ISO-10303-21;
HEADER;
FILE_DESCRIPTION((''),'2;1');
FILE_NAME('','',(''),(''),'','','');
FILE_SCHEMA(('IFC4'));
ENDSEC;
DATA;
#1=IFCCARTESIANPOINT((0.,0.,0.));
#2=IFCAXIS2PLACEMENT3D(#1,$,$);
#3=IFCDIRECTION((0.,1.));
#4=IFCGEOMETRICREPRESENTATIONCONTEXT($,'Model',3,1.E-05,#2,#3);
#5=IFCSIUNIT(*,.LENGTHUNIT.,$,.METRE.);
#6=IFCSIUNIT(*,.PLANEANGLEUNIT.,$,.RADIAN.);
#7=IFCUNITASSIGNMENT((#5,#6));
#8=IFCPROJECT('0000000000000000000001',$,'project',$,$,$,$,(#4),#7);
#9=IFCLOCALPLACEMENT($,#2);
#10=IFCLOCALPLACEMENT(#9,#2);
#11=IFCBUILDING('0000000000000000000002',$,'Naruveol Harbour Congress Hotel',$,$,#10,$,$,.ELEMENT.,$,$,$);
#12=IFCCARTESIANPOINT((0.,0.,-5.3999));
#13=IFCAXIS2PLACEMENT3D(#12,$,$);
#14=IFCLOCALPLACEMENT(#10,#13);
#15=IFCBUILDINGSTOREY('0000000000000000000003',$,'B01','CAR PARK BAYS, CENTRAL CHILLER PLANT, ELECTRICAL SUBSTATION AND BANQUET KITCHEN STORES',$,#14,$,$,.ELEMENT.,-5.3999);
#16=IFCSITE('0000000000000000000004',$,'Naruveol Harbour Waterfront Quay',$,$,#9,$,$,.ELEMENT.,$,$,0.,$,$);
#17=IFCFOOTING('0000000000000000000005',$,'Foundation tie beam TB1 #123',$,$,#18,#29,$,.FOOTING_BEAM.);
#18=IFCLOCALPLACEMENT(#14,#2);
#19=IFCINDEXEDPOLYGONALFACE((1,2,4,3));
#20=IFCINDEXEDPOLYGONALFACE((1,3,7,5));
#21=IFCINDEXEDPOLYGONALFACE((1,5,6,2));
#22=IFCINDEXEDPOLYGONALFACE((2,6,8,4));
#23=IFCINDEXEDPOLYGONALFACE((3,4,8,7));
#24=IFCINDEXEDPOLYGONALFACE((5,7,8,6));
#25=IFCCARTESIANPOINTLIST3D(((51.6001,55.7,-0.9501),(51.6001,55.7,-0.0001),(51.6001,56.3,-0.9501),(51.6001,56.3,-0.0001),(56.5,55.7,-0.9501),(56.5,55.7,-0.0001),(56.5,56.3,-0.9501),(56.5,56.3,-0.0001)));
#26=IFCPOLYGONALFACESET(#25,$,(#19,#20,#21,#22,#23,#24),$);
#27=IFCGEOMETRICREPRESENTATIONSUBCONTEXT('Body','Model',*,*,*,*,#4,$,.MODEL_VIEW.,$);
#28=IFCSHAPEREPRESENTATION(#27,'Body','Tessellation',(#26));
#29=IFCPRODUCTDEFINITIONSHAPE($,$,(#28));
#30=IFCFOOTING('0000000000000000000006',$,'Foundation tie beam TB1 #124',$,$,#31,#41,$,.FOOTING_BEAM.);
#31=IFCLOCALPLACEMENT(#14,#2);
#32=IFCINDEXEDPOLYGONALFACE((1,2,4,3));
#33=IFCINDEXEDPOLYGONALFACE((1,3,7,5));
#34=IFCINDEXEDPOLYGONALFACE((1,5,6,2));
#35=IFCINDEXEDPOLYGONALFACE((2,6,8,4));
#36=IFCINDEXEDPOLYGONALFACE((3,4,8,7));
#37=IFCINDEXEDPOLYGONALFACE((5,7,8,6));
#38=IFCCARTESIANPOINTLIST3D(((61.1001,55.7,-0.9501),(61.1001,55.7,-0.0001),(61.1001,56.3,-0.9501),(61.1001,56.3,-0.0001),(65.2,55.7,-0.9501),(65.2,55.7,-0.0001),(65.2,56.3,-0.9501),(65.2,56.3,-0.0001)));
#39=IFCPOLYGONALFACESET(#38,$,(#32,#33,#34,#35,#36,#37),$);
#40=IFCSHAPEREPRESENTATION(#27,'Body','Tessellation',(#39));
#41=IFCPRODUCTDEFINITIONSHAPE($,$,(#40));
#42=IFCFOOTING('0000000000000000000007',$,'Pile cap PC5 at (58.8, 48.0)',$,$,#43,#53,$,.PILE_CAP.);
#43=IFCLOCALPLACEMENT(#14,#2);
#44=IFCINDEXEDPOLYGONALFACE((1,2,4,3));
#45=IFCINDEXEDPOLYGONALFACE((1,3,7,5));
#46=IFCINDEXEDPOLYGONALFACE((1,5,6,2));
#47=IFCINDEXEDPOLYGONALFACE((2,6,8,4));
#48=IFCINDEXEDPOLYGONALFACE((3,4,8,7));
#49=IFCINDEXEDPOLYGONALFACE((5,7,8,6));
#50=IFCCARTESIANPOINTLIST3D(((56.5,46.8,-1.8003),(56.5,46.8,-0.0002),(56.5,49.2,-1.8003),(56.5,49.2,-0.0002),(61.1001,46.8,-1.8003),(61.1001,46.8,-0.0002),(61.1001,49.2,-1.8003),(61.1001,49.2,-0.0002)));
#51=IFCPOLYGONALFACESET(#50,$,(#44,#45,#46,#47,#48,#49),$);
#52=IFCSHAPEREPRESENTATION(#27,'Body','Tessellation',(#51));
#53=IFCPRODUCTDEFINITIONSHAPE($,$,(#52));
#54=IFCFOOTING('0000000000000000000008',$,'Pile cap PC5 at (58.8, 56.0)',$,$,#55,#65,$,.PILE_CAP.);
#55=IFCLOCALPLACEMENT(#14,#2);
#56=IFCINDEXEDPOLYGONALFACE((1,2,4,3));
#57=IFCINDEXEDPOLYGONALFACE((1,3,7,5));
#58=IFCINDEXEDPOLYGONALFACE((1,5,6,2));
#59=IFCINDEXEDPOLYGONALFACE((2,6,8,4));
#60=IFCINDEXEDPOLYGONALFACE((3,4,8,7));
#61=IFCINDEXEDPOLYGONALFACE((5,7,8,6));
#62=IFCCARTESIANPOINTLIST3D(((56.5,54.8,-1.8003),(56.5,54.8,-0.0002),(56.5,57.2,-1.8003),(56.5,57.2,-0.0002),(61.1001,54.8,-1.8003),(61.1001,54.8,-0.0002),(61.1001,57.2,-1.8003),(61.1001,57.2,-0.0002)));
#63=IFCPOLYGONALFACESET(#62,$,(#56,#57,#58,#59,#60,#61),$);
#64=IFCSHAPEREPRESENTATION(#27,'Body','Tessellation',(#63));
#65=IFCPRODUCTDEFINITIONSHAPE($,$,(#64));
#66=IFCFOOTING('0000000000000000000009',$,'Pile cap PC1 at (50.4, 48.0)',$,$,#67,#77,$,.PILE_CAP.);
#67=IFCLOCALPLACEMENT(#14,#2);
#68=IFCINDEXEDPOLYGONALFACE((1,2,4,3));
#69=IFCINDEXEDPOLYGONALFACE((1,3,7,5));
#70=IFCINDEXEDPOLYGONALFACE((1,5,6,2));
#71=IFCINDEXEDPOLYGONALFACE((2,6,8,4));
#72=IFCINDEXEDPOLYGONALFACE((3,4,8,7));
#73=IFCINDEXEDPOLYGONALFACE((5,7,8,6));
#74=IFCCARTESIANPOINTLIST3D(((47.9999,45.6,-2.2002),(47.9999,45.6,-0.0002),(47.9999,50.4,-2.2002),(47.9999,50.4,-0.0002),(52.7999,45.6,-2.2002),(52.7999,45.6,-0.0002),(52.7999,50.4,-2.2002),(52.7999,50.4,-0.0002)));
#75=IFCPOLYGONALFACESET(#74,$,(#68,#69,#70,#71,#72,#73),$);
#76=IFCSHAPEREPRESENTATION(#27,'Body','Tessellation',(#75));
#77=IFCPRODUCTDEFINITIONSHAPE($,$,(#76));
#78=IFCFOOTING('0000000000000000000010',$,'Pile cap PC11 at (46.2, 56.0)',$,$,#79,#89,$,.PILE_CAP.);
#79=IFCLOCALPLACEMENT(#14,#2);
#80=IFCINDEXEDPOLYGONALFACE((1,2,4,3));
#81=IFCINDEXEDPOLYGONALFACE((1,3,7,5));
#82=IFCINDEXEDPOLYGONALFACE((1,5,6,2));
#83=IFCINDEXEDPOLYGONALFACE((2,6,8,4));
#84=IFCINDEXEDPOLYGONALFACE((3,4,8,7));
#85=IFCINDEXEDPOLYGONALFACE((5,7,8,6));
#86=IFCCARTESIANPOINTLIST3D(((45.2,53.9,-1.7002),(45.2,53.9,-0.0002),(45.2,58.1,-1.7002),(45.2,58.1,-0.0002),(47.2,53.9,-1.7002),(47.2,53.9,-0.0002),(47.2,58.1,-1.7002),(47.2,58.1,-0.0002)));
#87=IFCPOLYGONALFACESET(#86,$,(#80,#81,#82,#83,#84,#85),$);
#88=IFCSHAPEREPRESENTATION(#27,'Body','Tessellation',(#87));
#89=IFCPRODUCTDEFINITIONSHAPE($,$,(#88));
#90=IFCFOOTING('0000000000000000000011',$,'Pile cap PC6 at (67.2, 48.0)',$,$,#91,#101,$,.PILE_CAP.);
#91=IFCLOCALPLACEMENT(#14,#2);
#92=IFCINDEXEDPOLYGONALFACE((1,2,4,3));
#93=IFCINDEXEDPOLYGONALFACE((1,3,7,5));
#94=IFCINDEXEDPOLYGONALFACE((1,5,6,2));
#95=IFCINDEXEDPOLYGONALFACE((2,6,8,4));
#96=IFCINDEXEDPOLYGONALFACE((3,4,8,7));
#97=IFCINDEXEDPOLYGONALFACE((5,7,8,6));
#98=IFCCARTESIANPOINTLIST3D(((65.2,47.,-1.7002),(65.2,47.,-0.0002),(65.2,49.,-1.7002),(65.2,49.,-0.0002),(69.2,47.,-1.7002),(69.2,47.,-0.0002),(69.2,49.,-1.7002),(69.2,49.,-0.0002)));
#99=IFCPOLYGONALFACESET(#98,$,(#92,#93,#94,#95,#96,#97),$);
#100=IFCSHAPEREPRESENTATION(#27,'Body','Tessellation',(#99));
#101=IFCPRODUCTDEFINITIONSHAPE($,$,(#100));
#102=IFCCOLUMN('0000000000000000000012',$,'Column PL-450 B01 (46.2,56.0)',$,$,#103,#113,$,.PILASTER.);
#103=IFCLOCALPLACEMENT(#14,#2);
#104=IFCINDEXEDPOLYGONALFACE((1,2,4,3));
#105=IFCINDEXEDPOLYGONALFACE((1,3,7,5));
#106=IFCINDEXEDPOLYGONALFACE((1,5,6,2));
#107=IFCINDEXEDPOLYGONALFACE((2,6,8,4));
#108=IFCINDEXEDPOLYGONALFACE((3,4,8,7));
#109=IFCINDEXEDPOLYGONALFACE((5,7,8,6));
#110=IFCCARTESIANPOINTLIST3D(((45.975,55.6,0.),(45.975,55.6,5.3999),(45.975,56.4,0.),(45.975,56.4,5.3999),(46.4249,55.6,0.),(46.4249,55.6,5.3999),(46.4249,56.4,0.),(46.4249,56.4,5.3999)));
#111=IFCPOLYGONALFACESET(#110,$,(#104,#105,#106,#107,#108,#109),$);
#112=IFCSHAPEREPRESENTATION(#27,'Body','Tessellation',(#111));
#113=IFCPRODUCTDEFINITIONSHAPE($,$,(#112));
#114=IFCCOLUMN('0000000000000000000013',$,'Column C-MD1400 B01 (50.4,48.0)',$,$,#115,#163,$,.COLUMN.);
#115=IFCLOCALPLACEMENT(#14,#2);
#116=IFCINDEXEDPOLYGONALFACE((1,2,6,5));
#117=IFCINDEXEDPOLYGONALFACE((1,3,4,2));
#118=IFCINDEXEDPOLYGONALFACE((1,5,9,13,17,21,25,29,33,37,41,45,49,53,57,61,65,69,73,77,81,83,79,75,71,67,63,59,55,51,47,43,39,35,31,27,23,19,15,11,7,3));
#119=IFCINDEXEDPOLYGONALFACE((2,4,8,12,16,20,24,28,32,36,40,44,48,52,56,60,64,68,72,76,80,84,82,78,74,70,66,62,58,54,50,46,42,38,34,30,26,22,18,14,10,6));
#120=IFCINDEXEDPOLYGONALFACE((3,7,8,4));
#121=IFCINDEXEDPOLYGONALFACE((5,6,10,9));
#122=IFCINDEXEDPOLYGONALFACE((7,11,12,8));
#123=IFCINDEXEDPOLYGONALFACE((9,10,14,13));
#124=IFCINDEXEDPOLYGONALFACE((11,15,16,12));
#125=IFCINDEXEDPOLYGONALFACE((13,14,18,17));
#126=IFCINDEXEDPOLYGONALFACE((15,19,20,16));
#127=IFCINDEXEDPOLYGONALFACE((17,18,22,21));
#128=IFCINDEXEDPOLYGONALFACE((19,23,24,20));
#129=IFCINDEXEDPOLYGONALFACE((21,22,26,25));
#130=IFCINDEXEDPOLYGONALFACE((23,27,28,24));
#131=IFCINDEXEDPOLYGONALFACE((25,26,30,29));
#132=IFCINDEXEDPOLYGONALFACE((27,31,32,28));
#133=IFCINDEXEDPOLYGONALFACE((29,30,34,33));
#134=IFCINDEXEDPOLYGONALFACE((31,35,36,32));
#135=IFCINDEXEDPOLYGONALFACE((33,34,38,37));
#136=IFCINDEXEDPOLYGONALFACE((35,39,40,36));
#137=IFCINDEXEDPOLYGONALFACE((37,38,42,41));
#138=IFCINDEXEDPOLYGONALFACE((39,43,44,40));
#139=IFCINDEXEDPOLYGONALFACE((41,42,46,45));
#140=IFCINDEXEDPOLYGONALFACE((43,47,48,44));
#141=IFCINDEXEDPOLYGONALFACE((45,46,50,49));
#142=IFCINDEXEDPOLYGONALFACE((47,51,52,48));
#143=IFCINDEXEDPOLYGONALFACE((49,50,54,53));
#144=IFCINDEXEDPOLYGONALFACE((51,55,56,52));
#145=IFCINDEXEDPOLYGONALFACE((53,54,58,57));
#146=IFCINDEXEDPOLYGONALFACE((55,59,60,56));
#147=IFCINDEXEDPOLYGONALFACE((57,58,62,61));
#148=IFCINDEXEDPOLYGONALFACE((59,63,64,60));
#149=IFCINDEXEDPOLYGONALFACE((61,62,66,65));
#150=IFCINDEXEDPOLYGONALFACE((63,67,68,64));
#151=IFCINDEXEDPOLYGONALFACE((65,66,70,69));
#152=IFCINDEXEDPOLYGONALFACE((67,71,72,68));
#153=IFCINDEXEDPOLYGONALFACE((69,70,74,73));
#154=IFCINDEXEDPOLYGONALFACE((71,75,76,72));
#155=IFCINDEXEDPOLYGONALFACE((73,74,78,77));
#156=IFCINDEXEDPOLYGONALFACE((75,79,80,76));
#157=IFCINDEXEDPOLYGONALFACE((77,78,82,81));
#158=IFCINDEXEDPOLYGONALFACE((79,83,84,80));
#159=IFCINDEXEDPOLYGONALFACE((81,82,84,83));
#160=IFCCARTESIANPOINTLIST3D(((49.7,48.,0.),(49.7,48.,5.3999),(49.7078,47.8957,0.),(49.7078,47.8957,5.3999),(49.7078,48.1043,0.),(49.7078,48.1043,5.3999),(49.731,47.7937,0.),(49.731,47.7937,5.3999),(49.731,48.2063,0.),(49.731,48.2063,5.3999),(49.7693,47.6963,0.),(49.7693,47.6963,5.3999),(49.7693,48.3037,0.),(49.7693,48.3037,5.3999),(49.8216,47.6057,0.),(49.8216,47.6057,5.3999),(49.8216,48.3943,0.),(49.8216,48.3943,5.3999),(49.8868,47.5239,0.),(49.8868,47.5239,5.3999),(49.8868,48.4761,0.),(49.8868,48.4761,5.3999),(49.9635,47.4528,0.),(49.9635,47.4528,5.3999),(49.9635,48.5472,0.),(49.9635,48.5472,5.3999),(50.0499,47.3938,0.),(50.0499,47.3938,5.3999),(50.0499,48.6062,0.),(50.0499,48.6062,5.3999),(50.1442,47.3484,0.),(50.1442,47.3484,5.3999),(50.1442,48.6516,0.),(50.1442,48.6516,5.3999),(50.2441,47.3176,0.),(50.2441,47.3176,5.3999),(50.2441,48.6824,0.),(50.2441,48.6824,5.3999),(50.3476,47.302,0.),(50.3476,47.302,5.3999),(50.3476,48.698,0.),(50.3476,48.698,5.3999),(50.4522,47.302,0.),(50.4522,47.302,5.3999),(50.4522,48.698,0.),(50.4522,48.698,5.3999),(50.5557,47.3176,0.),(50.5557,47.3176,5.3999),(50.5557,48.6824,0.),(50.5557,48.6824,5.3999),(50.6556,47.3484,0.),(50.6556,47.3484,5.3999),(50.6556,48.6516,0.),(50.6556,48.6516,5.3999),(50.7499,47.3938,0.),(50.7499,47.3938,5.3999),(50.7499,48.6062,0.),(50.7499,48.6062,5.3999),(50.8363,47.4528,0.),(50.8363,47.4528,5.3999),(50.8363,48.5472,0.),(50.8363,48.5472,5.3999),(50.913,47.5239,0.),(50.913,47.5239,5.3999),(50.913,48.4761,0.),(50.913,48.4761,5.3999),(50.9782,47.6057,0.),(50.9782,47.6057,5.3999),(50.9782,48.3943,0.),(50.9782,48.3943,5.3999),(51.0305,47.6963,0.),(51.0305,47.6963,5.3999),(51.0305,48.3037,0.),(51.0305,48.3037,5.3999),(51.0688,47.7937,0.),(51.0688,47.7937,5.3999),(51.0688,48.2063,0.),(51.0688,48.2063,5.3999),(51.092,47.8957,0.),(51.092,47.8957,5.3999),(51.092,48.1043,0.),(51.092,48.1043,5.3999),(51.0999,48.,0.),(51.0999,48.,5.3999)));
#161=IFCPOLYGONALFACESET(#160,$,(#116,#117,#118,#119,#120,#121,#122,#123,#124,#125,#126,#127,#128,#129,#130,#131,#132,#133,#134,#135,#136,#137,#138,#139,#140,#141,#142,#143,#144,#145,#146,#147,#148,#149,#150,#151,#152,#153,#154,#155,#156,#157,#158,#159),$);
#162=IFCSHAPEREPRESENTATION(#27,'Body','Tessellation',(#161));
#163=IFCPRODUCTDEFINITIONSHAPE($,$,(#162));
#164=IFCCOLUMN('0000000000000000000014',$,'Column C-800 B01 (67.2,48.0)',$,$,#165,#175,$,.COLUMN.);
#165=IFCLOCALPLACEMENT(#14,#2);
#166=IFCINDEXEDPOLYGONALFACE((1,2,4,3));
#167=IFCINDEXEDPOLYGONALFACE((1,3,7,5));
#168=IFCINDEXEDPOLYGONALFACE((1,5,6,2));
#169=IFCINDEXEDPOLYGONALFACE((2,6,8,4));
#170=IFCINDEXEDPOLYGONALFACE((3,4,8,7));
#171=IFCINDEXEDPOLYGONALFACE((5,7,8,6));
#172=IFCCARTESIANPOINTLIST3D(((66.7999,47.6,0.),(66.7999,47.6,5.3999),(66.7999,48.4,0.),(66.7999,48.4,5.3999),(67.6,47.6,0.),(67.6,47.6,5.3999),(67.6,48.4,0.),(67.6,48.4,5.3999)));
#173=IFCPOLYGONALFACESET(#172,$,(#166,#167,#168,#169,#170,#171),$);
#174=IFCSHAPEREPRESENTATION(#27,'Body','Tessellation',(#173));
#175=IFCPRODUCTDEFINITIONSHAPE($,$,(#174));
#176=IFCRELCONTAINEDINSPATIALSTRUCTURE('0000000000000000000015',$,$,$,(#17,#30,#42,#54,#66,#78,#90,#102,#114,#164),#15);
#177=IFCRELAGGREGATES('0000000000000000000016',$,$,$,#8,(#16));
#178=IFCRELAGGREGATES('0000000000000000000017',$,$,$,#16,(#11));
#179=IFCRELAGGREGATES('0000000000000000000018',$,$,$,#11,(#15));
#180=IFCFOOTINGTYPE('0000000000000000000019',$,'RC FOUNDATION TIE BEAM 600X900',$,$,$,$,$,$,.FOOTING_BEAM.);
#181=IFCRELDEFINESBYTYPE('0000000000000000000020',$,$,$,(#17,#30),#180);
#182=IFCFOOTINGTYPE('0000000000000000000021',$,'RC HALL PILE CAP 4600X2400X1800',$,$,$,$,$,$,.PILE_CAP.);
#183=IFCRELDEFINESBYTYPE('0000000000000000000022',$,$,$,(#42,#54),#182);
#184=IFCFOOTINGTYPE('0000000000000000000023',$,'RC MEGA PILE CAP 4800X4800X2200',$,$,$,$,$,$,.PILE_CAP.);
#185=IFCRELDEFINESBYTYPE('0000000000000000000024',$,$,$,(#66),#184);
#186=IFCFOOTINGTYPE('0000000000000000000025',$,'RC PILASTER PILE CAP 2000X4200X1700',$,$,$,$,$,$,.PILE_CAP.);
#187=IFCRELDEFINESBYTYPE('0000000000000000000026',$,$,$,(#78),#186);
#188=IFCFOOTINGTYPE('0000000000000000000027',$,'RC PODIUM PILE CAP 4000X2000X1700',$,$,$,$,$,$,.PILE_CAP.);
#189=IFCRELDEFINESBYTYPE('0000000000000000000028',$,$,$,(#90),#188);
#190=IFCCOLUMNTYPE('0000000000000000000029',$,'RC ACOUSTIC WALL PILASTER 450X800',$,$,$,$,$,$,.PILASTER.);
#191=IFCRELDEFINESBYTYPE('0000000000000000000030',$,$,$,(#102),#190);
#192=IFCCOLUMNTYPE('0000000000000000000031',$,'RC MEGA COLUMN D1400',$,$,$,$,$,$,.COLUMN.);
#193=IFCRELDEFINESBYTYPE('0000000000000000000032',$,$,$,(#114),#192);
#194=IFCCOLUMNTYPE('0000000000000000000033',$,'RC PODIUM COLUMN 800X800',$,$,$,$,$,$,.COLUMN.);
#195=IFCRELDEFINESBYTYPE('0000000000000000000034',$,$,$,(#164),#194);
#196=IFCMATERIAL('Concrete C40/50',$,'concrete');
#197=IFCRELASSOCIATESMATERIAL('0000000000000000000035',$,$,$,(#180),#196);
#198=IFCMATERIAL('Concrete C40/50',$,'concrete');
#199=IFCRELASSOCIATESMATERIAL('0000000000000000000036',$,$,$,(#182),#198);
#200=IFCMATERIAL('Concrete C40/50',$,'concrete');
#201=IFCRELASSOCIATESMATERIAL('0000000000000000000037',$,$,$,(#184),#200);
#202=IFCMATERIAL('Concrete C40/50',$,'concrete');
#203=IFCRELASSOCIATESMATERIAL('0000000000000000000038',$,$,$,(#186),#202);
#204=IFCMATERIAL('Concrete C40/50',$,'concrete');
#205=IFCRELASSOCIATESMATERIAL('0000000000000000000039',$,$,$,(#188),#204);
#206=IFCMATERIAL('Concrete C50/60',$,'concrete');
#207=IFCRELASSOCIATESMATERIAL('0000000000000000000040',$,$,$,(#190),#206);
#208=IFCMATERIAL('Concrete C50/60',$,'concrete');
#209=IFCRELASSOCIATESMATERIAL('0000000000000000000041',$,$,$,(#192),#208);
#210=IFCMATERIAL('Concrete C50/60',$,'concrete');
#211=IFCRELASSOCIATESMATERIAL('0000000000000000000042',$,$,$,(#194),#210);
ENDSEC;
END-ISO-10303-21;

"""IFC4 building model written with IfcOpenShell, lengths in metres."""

from ifc_helpers import new_model, si_unit, direction, frame, origin, origin_2d, place, context, subcontext, project, spatial, rectangle, circle, extrude, material, material_profile, profile_set, type_object, element, save


model = new_model("IFC4")

# Units and contexts
model_context = context("Model", 3, precision=1e-05, world=origin(), true_north=direction((0.0, 1.0)))
body_context = subcontext(model_context, "Body", "Model", "MODEL_VIEW")
ifc_project = project(units=[si_unit("LENGTHUNIT", "METRE"), si_unit("PLANEANGLEUNIT", "RADIAN")], contexts=[model_context])

# Site, building, storey
site_placement = place(None, origin())
site = spatial("IfcSite", under=ifc_project, at=site_placement, Name="Naruveol Harbour Waterfront Quay", CompositionType="ELEMENT", RefElevation=0.0)
building_placement = place(site_placement, origin())
building = spatial("IfcBuilding", under=site, at=building_placement, Name="Naruveol Harbour Congress Hotel", CompositionType="ELEMENT")
storey_placement = place(building_placement, frame((0.0, 0.0, -5.3999)))
storey = spatial("IfcBuildingStorey", under=building, at=storey_placement, Name="B01", Description="CAR PARK BAYS, CENTRAL CHILLER PLANT, ELECTRICAL SUBSTATION AND BANQUET KITCHEN STORES", CompositionType="ELEMENT", Elevation=-5.3999)

# Footings
ifc_material_1 = material(Name="Concrete C40/50", Category="concrete")
ifc_material_profile_1 = material_profile(ifc_material_1, rectangle(XDim=0.6001, YDim=0.95, at=origin_2d()), Name="RCB-600x950")
ifc_profile_set_1 = profile_set([ifc_material_profile_1], Name="Concrete C40/50")
footing_type_1 = type_object("IfcFootingType", Name="RC FOUNDATION TIE BEAM 600X900", PredefinedType="FOOTING_BEAM", material=ifc_profile_set_1)
footing_1_placement = place(storey_placement, frame((51.6001, 56.0, -0.4751), z_axis=(1.0, 0.0, 0.0), x_axis=(0.0, 1.0, 0.0)))
element("IfcFooting", 1, at=footing_1_placement, inside=storey, type_object=footing_type_1, Name="Foundation tie beam TB1 #123", PredefinedType="FOOTING_BEAM", context=body_context, shape_type="SweptSolid", body=[
    extrude(rectangle(XDim=0.6001, YDim=0.95, at=origin_2d()), origin(), (0.0, 0.0, 1.0), 4.8999),
])
footing_2_placement = place(storey_placement, frame((61.1001, 56.0, -0.4751), z_axis=(1.0, 0.0, 0.0), x_axis=(0.0, 1.0, 0.0)))
element("IfcFooting", 2, at=footing_2_placement, inside=storey, type_object=footing_type_1, Name="Foundation tie beam TB1 #124", PredefinedType="FOOTING_BEAM", context=body_context, shape_type="SweptSolid", body=[
    extrude(rectangle(XDim=0.6001, YDim=0.95, at=origin_2d()), origin(), (0.0, 0.0, 1.0), 4.0999),
])
ifc_material_2 = material(Name="Concrete C40/50", Category="concrete")
footing_type_2 = type_object("IfcFootingType", Name="RC HALL PILE CAP 4600X2400X1800", PredefinedType="PILE_CAP", material=ifc_material_2)
for number, where, z_axis, x_axis, name in (
    (3, (58.8, 48.0, -1.8003), (0.0, 0.0, 1.0), (1.0, 0.0, 0.0), "Pile cap PC5 at (58.8, 48.0)"),
    (4, (58.8, 56.0, -1.8003), (0.0, 0.0, 1.0), (1.0, 0.0, 0.0), "Pile cap PC5 at (58.8, 56.0)"),
):
    element("IfcFooting", number, at=place(storey_placement, frame(where, z_axis=z_axis, x_axis=x_axis)), inside=storey, type_object=footing_type_2, Name=name, PredefinedType="PILE_CAP", context=body_context, shape_type="SweptSolid", body=[
        extrude(rectangle(XDim=4.6001, YDim=2.3999, at=origin_2d()), origin(), (0.0, 0.0, 1.0), 1.8),
    ])
ifc_material_3 = material(Name="Concrete C40/50", Category="concrete")
footing_type_3 = type_object("IfcFootingType", Name="RC MEGA PILE CAP 4800X4800X2200", PredefinedType="PILE_CAP", material=ifc_material_3)
footing_3_placement = place(storey_placement, frame((50.3999, 48.0, -2.2002), z_axis=(0.0, 0.0, 1.0), x_axis=(1.0, 0.0, 0.0)))
element("IfcFooting", 5, at=footing_3_placement, inside=storey, type_object=footing_type_3, Name="Pile cap PC1 at (50.4, 48.0)", PredefinedType="PILE_CAP", context=body_context, shape_type="SweptSolid", body=[
    extrude(rectangle(XDim=4.8, YDim=4.8, at=origin_2d()), origin(), (0.0, 0.0, 1.0), 2.2),
])
ifc_material_4 = material(Name="Concrete C40/50", Category="concrete")
footing_type_4 = type_object("IfcFootingType", Name="RC PILASTER PILE CAP 2000X4200X1700", PredefinedType="PILE_CAP", material=ifc_material_4)
footing_4_placement = place(storey_placement, frame((46.2, 56.0, -1.7002), z_axis=(0.0, 0.0, 1.0), x_axis=(1.0, 0.0, 0.0)))
element("IfcFooting", 6, at=footing_4_placement, inside=storey, type_object=footing_type_4, Name="Pile cap PC11 at (46.2, 56.0)", PredefinedType="PILE_CAP", context=body_context, shape_type="SweptSolid", body=[
    extrude(rectangle(XDim=2.0, YDim=4.2, at=origin_2d()), origin(), (0.0, 0.0, 1.0), 1.7),
])
ifc_material_5 = material(Name="Concrete C40/50", Category="concrete")
footing_type_5 = type_object("IfcFootingType", Name="RC PODIUM PILE CAP 4000X2000X1700", PredefinedType="PILE_CAP", material=ifc_material_5)
footing_5_placement = place(storey_placement, frame((67.2, 48.0, -1.7002), z_axis=(0.0, 0.0, 1.0), x_axis=(1.0, 0.0, 0.0)))
element("IfcFooting", 7, at=footing_5_placement, inside=storey, type_object=footing_type_5, Name="Pile cap PC6 at (67.2, 48.0)", PredefinedType="PILE_CAP", context=body_context, shape_type="SweptSolid", body=[
    extrude(rectangle(XDim=4.0, YDim=2.0, at=origin_2d()), origin(), (0.0, 0.0, 1.0), 1.7),
])

# Columns
ifc_material_6 = material(Name="Concrete C50/60", Category="concrete")
ifc_material_profile_2 = material_profile(ifc_material_6, rectangle(XDim=0.45, YDim=0.8, at=origin_2d()), Name="RC-450x800")
ifc_profile_set_2 = profile_set([ifc_material_profile_2], Name="Concrete C50/60")
column_type_1 = type_object("IfcColumnType", Name="RC ACOUSTIC WALL PILASTER 450X800", PredefinedType="PILASTER", material=ifc_profile_set_2)
column_1_placement = place(storey_placement, frame((46.2, 56.0, 0.0), z_axis=(0.0, 0.0, 1.0), x_axis=(1.0, 0.0, 0.0)))
element("IfcColumn", 8, at=column_1_placement, inside=storey, type_object=column_type_1, Name="Column PL-450 B01 (46.2,56.0)", PredefinedType="PILASTER", context=body_context, shape_type="SweptSolid", body=[
    extrude(rectangle(XDim=0.45, YDim=0.8, at=origin_2d()), origin(), (0.0, 0.0, 1.0), 5.3999),
])
ifc_material_7 = material(Name="Concrete C50/60", Category="concrete")
ifc_material_profile_3 = material_profile(ifc_material_7, circle(Radius=0.7, at=origin_2d()), Name="RC-D1400")
ifc_profile_set_3 = profile_set([ifc_material_profile_3], Name="Concrete C50/60")
column_type_2 = type_object("IfcColumnType", Name="RC MEGA COLUMN D1400", PredefinedType="COLUMN", material=ifc_profile_set_3)
column_2_placement = place(storey_placement, frame((50.3999, 48.0, 0.0), z_axis=(0.0, 0.0, 1.0), x_axis=(1.0, 0.0, 0.0)))
element("IfcColumn", 9, at=column_2_placement, inside=storey, type_object=column_type_2, Name="Column C-MD1400 B01 (50.4,48.0)", PredefinedType="COLUMN", context=body_context, shape_type="SweptSolid", body=[
    extrude(circle(Radius=0.7, at=origin_2d()), origin(), (0.0, 0.0, 1.0), 5.3999),
])
ifc_material_8 = material(Name="Concrete C50/60", Category="concrete")
ifc_material_profile_4 = material_profile(ifc_material_8, rectangle(XDim=0.8, YDim=0.8, at=origin_2d()), Name="RC-800x800")
ifc_profile_set_4 = profile_set([ifc_material_profile_4], Name="Concrete C50/60")
column_type_3 = type_object("IfcColumnType", Name="RC PODIUM COLUMN 800X800", PredefinedType="COLUMN", material=ifc_profile_set_4)
column_3_placement = place(storey_placement, frame((67.2, 48.0, 0.0), z_axis=(0.0, 0.0, 1.0), x_axis=(1.0, 0.0, 0.0)))
element("IfcColumn", 10, at=column_3_placement, inside=storey, type_object=column_type_3, Name="Column C-800 B01 (67.2,48.0)", PredefinedType="COLUMN", context=body_context, shape_type="SweptSolid", body=[
    extrude(rectangle(XDim=0.8, YDim=0.8, at=origin_2d()), origin(), (0.0, 0.0, 1.0), 5.3999),
])

save(model, "model.ifc")
